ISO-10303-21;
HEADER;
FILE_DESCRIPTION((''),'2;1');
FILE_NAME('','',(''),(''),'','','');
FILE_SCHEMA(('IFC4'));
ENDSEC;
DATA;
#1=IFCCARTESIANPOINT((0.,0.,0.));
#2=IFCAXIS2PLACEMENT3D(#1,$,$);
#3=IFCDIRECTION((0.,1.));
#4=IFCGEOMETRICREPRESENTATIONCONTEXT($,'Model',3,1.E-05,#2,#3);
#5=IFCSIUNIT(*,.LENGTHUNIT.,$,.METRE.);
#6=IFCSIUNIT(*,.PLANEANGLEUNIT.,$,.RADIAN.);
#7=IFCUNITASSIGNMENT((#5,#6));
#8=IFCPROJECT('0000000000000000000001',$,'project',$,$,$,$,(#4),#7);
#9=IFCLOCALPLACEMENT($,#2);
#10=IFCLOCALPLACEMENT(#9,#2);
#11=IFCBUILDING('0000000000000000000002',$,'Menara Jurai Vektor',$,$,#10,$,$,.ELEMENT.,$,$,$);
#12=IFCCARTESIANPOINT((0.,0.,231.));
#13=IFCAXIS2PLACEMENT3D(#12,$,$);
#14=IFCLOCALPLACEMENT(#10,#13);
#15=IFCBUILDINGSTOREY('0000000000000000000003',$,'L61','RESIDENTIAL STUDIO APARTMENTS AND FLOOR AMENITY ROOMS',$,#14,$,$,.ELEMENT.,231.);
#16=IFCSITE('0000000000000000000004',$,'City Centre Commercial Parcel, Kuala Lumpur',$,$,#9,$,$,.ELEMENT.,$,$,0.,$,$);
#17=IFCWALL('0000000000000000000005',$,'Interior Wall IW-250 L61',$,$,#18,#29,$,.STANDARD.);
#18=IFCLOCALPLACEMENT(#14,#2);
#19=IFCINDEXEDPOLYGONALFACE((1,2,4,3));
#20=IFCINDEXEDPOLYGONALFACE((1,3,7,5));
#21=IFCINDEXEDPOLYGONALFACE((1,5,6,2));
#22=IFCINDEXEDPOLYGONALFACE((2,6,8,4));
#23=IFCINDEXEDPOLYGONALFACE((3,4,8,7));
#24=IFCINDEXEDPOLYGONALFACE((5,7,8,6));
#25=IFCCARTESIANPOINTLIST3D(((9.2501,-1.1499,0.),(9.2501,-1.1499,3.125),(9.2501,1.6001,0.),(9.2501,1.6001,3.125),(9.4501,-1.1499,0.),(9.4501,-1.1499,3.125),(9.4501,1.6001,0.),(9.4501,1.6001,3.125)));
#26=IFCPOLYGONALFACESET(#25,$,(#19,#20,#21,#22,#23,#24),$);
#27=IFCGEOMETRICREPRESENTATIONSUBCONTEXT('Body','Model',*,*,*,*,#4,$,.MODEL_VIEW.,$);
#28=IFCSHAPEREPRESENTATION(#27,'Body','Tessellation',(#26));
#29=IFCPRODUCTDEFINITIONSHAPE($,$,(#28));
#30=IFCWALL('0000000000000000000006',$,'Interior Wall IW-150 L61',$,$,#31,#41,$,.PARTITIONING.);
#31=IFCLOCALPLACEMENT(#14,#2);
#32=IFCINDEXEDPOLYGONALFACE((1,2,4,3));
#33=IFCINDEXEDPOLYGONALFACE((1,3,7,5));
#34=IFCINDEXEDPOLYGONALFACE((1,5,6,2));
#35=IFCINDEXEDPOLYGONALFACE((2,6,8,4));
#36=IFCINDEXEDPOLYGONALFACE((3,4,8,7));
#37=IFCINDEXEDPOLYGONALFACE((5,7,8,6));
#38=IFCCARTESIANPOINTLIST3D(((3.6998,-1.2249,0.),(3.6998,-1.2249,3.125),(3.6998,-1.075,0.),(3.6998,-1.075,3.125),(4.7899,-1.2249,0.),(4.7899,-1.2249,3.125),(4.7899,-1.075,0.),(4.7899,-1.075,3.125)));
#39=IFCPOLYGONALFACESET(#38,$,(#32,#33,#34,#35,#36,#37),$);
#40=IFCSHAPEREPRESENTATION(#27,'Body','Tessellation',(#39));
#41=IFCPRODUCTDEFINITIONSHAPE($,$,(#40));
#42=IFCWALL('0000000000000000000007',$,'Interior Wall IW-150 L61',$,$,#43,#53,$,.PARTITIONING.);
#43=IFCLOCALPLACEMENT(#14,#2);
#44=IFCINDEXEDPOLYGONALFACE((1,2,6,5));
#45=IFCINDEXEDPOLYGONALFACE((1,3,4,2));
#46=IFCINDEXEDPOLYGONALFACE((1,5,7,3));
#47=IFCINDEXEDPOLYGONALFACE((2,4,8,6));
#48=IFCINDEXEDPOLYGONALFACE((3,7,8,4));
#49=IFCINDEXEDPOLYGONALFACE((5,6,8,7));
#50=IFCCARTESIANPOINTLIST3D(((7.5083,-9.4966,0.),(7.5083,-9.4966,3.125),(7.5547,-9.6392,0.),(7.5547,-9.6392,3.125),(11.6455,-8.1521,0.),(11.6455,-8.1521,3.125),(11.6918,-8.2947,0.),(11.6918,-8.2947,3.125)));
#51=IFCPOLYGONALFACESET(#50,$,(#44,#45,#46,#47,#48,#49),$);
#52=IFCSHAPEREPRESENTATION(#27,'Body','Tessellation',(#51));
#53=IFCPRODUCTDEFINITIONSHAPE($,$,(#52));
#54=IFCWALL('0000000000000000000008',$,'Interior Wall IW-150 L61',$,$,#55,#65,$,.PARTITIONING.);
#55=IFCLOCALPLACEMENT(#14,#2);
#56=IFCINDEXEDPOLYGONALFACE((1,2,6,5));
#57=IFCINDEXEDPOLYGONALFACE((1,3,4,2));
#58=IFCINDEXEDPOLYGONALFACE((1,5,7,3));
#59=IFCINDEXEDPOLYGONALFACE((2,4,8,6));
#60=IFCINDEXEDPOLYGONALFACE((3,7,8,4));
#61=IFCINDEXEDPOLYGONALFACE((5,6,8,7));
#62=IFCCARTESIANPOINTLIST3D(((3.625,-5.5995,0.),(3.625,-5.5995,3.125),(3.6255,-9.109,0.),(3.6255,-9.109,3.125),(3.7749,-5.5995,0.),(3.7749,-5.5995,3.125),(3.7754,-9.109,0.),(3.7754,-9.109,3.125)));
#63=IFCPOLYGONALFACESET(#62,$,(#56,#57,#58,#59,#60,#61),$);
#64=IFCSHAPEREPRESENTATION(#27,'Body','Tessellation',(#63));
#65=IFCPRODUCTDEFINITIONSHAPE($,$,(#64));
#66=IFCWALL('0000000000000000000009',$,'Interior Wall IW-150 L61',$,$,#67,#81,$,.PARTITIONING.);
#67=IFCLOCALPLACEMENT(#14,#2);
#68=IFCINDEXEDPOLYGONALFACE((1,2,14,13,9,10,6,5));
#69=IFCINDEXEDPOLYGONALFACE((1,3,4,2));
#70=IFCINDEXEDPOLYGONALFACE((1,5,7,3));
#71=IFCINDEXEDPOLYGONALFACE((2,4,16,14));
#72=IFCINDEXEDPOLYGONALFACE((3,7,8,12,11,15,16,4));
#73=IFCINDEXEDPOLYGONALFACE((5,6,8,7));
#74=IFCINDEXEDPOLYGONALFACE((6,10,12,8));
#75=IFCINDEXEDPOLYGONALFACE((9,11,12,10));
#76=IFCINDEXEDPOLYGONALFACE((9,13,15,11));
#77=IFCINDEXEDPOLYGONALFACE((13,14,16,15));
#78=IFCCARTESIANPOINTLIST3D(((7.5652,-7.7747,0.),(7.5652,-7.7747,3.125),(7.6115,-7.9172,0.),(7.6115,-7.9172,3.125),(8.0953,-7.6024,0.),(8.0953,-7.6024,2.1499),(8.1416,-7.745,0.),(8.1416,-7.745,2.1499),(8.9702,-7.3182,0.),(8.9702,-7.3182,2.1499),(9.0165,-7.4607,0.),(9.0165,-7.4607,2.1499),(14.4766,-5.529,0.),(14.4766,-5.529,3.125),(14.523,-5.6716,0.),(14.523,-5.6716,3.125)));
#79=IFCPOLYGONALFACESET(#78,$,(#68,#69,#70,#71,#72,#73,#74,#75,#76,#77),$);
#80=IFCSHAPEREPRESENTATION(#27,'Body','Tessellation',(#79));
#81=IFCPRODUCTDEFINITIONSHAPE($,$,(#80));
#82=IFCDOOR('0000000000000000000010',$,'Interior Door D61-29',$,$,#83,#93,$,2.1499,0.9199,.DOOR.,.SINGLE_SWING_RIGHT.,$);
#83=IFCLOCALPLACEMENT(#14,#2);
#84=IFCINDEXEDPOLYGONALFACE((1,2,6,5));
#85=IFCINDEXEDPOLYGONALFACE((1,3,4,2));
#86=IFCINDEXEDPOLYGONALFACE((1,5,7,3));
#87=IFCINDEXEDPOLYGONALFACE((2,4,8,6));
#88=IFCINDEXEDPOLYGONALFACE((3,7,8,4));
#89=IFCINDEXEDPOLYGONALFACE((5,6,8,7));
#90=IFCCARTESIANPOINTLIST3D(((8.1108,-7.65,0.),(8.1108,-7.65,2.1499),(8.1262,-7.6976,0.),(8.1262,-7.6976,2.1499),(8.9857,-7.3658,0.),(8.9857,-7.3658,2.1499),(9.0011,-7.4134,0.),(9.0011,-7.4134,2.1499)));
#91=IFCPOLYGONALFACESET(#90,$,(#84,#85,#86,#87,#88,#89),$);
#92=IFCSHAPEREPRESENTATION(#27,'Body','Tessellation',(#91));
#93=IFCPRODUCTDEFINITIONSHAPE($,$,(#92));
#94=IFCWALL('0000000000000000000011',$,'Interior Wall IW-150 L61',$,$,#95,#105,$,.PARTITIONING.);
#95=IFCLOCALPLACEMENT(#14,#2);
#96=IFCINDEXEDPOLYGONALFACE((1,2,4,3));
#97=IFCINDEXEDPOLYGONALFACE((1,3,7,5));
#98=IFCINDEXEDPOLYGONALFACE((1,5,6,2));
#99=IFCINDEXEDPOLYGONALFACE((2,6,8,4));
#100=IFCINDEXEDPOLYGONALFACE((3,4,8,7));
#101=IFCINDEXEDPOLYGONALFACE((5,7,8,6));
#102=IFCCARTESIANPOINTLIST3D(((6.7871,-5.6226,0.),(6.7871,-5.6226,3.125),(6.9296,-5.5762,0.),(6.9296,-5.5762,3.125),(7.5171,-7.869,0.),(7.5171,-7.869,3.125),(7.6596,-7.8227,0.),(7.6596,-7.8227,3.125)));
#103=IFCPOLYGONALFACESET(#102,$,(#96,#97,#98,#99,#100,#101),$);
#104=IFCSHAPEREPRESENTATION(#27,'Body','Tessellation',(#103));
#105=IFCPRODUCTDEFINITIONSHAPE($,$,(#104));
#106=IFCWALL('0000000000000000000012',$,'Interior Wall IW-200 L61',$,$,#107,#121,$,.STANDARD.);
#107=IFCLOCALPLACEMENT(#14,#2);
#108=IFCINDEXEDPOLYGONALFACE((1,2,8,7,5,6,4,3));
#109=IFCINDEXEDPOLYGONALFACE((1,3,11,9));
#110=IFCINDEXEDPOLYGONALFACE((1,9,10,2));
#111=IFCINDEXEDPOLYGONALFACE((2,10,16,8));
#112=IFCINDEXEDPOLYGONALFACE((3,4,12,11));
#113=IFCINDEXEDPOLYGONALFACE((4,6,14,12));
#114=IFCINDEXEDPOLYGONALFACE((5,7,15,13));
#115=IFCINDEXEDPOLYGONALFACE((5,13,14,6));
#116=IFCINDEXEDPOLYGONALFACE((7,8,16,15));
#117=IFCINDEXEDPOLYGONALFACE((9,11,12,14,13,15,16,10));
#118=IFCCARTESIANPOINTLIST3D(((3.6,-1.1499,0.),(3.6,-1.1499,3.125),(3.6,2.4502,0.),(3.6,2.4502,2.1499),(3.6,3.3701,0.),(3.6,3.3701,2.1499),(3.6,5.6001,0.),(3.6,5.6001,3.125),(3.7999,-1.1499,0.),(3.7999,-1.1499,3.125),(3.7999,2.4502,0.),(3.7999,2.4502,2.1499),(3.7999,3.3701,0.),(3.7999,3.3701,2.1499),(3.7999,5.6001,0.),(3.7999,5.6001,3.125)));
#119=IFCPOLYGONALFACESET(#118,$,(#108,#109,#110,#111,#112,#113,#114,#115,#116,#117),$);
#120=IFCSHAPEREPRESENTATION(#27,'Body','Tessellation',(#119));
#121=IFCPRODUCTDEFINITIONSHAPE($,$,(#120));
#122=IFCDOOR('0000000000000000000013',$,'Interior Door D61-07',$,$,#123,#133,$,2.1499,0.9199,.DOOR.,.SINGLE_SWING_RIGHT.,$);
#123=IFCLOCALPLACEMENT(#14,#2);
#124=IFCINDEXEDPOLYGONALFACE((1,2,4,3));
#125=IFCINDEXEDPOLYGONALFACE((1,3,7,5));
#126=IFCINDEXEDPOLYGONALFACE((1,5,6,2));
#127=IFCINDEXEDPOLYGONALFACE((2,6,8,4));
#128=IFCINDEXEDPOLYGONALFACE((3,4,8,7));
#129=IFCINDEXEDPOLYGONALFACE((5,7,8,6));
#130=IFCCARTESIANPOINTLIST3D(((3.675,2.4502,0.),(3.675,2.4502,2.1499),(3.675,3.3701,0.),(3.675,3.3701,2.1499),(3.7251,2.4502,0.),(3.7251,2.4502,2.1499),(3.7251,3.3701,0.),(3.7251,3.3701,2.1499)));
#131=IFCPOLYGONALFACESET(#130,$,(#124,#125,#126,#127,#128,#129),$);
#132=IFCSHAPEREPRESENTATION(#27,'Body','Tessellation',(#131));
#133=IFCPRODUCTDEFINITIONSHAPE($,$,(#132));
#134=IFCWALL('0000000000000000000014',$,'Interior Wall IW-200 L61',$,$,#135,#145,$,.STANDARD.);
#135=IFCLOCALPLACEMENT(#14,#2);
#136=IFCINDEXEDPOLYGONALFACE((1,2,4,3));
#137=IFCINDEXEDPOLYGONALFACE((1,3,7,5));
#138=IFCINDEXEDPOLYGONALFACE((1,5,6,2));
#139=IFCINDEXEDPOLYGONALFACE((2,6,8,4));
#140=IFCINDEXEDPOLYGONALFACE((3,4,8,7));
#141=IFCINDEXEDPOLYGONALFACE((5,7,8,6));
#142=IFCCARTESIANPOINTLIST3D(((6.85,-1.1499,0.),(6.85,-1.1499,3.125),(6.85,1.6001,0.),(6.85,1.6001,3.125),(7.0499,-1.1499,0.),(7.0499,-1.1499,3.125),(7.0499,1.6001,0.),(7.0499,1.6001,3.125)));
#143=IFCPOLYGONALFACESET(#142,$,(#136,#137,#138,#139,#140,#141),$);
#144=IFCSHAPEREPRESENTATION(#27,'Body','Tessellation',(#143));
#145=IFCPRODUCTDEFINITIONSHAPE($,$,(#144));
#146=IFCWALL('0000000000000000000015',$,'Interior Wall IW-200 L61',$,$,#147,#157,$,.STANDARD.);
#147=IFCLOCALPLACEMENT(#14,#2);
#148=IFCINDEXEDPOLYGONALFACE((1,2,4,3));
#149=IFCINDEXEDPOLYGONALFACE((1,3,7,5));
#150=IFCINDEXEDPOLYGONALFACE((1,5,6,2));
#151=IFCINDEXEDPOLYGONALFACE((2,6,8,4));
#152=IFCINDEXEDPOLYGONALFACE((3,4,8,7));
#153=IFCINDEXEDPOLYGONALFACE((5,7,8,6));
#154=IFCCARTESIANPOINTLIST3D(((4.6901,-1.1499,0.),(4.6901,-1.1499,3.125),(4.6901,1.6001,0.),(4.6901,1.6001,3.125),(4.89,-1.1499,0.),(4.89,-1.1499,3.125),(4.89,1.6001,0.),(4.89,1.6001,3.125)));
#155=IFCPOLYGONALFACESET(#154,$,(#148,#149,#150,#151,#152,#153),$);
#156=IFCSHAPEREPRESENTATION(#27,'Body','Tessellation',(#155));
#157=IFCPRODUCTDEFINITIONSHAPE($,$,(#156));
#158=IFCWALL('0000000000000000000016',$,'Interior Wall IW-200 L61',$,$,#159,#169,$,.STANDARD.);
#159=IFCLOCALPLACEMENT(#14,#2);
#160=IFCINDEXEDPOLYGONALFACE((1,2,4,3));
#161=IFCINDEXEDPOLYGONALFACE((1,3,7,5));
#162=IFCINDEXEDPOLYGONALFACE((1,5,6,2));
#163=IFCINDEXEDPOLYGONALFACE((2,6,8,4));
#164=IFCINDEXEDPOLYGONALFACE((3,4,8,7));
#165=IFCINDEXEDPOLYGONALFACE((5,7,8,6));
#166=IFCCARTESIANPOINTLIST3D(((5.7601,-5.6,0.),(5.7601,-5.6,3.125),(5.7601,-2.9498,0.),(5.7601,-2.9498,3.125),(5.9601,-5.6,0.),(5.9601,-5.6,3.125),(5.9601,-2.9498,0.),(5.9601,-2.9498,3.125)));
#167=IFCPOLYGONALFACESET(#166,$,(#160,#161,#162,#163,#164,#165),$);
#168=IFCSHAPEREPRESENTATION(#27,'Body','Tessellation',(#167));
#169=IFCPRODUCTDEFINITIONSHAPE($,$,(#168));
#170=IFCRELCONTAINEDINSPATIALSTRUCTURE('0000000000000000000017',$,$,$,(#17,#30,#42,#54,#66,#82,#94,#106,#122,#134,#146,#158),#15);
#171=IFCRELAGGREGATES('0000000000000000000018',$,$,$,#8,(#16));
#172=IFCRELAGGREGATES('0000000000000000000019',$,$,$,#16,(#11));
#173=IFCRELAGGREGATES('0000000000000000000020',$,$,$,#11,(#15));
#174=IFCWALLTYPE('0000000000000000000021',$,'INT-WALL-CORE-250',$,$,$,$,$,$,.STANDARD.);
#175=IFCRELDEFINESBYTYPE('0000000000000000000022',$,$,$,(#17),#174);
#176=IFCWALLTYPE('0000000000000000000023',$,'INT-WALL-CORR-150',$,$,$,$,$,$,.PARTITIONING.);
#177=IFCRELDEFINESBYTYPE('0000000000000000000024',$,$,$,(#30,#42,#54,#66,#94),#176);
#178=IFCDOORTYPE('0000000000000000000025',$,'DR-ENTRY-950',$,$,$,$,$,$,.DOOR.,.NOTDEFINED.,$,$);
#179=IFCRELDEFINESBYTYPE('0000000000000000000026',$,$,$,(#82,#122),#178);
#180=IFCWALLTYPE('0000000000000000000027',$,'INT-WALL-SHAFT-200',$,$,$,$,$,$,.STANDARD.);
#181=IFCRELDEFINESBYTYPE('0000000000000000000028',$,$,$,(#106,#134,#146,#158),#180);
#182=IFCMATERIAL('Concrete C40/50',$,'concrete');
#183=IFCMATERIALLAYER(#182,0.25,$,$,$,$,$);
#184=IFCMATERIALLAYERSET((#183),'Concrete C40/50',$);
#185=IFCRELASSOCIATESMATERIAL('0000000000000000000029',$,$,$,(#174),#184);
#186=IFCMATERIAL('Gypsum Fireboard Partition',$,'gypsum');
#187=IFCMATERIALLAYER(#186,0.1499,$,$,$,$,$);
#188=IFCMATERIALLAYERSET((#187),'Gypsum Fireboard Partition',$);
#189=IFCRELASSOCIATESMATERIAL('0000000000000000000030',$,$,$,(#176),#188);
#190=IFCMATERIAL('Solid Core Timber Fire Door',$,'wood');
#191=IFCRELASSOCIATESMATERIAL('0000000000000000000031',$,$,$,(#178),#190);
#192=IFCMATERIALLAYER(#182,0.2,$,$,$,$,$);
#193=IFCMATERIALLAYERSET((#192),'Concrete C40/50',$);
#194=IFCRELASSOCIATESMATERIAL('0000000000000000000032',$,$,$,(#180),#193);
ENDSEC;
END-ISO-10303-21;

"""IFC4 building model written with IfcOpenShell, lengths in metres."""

from ifc_helpers import new_model, si_unit, direction, frame, frame_2d, origin, place, context, subcontext, project, spatial, rectangle, extrude, material, layer, layer_set, type_object, element, fill, save


model = new_model("IFC4")

# Units and contexts
model_context = context("Model", 3, precision=1e-05, world=origin(), true_north=direction((0.0, 1.0)))
body_context = subcontext(model_context, "Body", "Model", "MODEL_VIEW")
ifc_project = project(units=[si_unit("LENGTHUNIT", "METRE"), si_unit("PLANEANGLEUNIT", "RADIAN")], contexts=[model_context])

# Site, building, storey
site_placement = place(None, origin())
site = spatial("IfcSite", under=ifc_project, at=site_placement, Name="City Centre Commercial Parcel, Kuala Lumpur", CompositionType="ELEMENT", RefElevation=0.0)
building_placement = place(site_placement, origin())
building = spatial("IfcBuilding", under=site, at=building_placement, Name="Menara Jurai Vektor", CompositionType="ELEMENT")
storey_placement = place(building_placement, frame((0.0, 0.0, 231.0)))
storey = spatial("IfcBuildingStorey", under=building, at=storey_placement, Name="L61", Description="RESIDENTIAL STUDIO APARTMENTS AND FLOOR AMENITY ROOMS", CompositionType="ELEMENT", Elevation=231.0)

# Walls
ifc_material_1 = material(Name="Concrete C40/50", Category="concrete")
ifc_layer_1 = layer(ifc_material_1, 0.25)
ifc_layer_set_1 = layer_set([ifc_layer_1], Name="Concrete C40/50")
wall_type_1 = type_object("IfcWallType", Name="INT-WALL-CORE-250", PredefinedType="STANDARD", material=ifc_layer_set_1)
wall_1_placement = place(storey_placement, frame((9.3501, -1.1499, 0.0), z_axis=(0.0, 0.0, 1.0), x_axis=(0.0, 1.0, 0.0)))
element("IfcWall", 1, at=wall_1_placement, inside=storey, type_object=wall_type_1, Name="Interior Wall IW-250 L61", PredefinedType="STANDARD", context=body_context, shape_type="SweptSolid", body=[
    extrude(rectangle(XDim=2.75, YDim=0.2, at=frame_2d((1.375, 0.0))), origin(), (0.0, 0.0, 1.0), 3.125),
])
ifc_material_2 = material(Name="Gypsum Fireboard Partition", Category="gypsum")
ifc_layer_2 = layer(ifc_material_2, 0.1499)
ifc_layer_set_2 = layer_set([ifc_layer_2], Name="Gypsum Fireboard Partition")
wall_type_2 = type_object("IfcWallType", Name="INT-WALL-CORR-150", PredefinedType="PARTITIONING", material=ifc_layer_set_2)
wall_2_placement = place(storey_placement, frame((3.7, -1.1499, 0.0), z_axis=(0.0, 0.0, 1.0), x_axis=(1.0, 0.0, 0.0)))
element("IfcWall", 2, at=wall_2_placement, inside=storey, type_object=wall_type_2, Name="Interior Wall IW-150 L61", PredefinedType="PARTITIONING", context=body_context, shape_type="SweptSolid", body=[
    extrude(rectangle(XDim=1.0901, YDim=0.1499, at=frame_2d((0.5449, 0.0))), origin(), (0.0, 0.0, 1.0), 3.125),
])
wall_3_placement = place(storey_placement, frame((7.5315, -9.5679, 0.0), z_axis=(0.0, 0.0, 1.0), x_axis=(0.951041, 0.309063, 0.0)))
element("IfcWall", 3, at=wall_3_placement, inside=storey, type_object=wall_type_2, Name="Interior Wall IW-150 L61", PredefinedType="PARTITIONING", context=body_context, shape_type="SweptSolid", body=[
    extrude(rectangle(XDim=4.3501, YDim=0.1499, at=frame_2d((2.175, 0.0))), origin(), (0.0, 0.0, 1.0), 3.125),
])
wall_4_placement = place(storey_placement, frame((3.7004, -9.1091, 0.0), z_axis=(0.0, 0.0, 1.0), x_axis=(-0.000139, 1.0, 0.0)))
element("IfcWall", 4, at=wall_4_placement, inside=storey, type_object=wall_type_2, Name="Interior Wall IW-150 L61", PredefinedType="PARTITIONING", context=body_context, shape_type="SweptSolid", body=[
    extrude(rectangle(XDim=3.5095, YDim=0.1499, at=frame_2d((1.7549, 0.0))), origin(), (0.0, 0.0, 1.0), 3.125),
])

# Wall, opening, door
ifc_material_3 = material(Name="Solid Core Timber Fire Door", Category="wood")
door_type_1 = type_object("IfcDoorType", Name="DR-ENTRY-950", OperationType="NOTDEFINED", PredefinedType="DOOR", material=ifc_material_3)
wall_5_placement = place(storey_placement, frame((7.5884, -7.8459, 0.0), z_axis=(0.0, 0.0, 1.0), x_axis=(0.951058, 0.309012, 0.0)))
wall_5 = element("IfcWall", 5, at=wall_5_placement, inside=storey, type_object=wall_type_2, Name="Interior Wall IW-150 L61", PredefinedType="PARTITIONING", context=body_context, shape_type="SweptSolid", body=[
    extrude(rectangle(XDim=7.2671, YDim=0.1499, at=frame_2d((3.6335, 0.0))), origin(), (0.0, 0.0, 1.0), 3.125),
])
opening_1_placement = place(wall_5_placement, frame((0.5574, 0.0, 0.0)))
opening_1 = element("IfcOpeningElement", 6, at=opening_1_placement, cuts=wall_5, PredefinedType="OPENING", context=body_context, shape_type="SweptSolid", body=[
    extrude(rectangle(XDim=0.9199, YDim=2.1499, at=frame_2d((0.46, 1.075))), frame((0.0, 0.085, 0.0), z_axis=(0.0, -1.0, 0.0), x_axis=(1.0, 0.0, 0.0)), (0.0, 0.0, 1.0), 0.1699),
])
door_1_placement = place(opening_1_placement, origin())
door_1 = element("IfcDoor", 7, at=door_1_placement, inside=storey, type_object=door_type_1, Name="Interior Door D61-29", OperationType="SINGLE_SWING_RIGHT", OverallHeight=2.1499, OverallWidth=0.9199, PredefinedType="DOOR", context=body_context, shape_type="SweptSolid", body=[
    extrude(rectangle(XDim=0.9199, YDim=2.1499, at=frame_2d((0.46, 1.075))), frame((0.0, 0.0249, 0.0), z_axis=(0.0, -1.0, 0.0), x_axis=(1.0, 0.0, 0.0)), (0.0, 0.0, 1.0), 0.05),
])
fill(opening_1, door_1)

# Wall
wall_6_placement = place(storey_placement, frame((7.5884, -7.8459, 0.0), z_axis=(0.0, 0.0, 1.0), x_axis=(-0.309056, 0.951044, 0.0)))
element("IfcWall", 8, at=wall_6_placement, inside=storey, type_object=wall_type_2, Name="Interior Wall IW-150 L61", PredefinedType="PARTITIONING", context=body_context, shape_type="SweptSolid", body=[
    extrude(rectangle(XDim=2.3621, YDim=0.1499, at=frame_2d((1.1812, 0.0))), origin(), (0.0, 0.0, 1.0), 3.125),
])

# Wall, opening, door
ifc_layer_3 = layer(ifc_material_1, 0.2)
ifc_layer_set_3 = layer_set([ifc_layer_3], Name="Concrete C40/50")
wall_type_3 = type_object("IfcWallType", Name="INT-WALL-SHAFT-200", PredefinedType="STANDARD", material=ifc_layer_set_3)
wall_7_placement = place(storey_placement, frame((3.7, -1.1499, 0.0), z_axis=(0.0, 0.0, 1.0), x_axis=(0.0, 1.0, 0.0)))
wall_7 = element("IfcWall", 9, at=wall_7_placement, inside=storey, type_object=wall_type_3, Name="Interior Wall IW-200 L61", PredefinedType="STANDARD", context=body_context, shape_type="SweptSolid", body=[
    extrude(rectangle(XDim=6.75, YDim=0.2, at=frame_2d((3.375, 0.0))), origin(), (0.0, 0.0, 1.0), 3.125),
])
opening_2_placement = place(wall_7_placement, frame((3.6001, 0.0, 0.0)))
opening_2 = element("IfcOpeningElement", 10, at=opening_2_placement, cuts=wall_7, PredefinedType="OPENING", context=body_context, shape_type="SweptSolid", body=[
    extrude(rectangle(XDim=0.9199, YDim=2.1499, at=frame_2d((0.46, 1.075))), frame((0.0, 0.1099, 0.0), z_axis=(0.0, -1.0, 0.0), x_axis=(1.0, 0.0, 0.0)), (0.0, 0.0, 1.0), 0.22),
])
door_2_placement = place(opening_2_placement, origin())
door_2 = element("IfcDoor", 11, at=door_2_placement, inside=storey, type_object=door_type_1, Name="Interior Door D61-07", OperationType="SINGLE_SWING_RIGHT", OverallHeight=2.1499, OverallWidth=0.9199, PredefinedType="DOOR", context=body_context, shape_type="SweptSolid", body=[
    extrude(rectangle(XDim=0.9199, YDim=2.1499, at=frame_2d((0.46, 1.075))), frame((0.0, 0.0249, 0.0), z_axis=(0.0, -1.0, 0.0), x_axis=(1.0, 0.0, 0.0)), (0.0, 0.0, 1.0), 0.05),
])
fill(opening_2, door_2)

# Wall
wall_8_placement = place(storey_placement, frame((6.95, -1.1499, 0.0), z_axis=(0.0, 0.0, 1.0), x_axis=(0.0, 1.0, 0.0)))
element("IfcWall", 12, at=wall_8_placement, inside=storey, type_object=wall_type_3, Name="Interior Wall IW-200 L61", PredefinedType="STANDARD", context=body_context, shape_type="SweptSolid", body=[
    extrude(rectangle(XDim=2.75, YDim=0.2, at=frame_2d((1.375, 0.0))), origin(), (0.0, 0.0, 1.0), 3.125),
])

# Wall
wall_9_placement = place(storey_placement, frame((4.79, -1.1499, 0.0), z_axis=(0.0, 0.0, 1.0), x_axis=(0.0, 1.0, 0.0)))
element("IfcWall", 13, at=wall_9_placement, inside=storey, type_object=wall_type_3, Name="Interior Wall IW-200 L61", PredefinedType="STANDARD", context=body_context, shape_type="SweptSolid", body=[
    extrude(rectangle(XDim=2.75, YDim=0.2, at=frame_2d((1.375, 0.0))), origin(), (0.0, 0.0, 1.0), 3.125),
])

# Wall
wall_10_placement = place(storey_placement, frame((5.8601, -5.6001, 0.0), z_axis=(0.0, 0.0, 1.0), x_axis=(0.0, 1.0, 0.0)))
element("IfcWall", 14, at=wall_10_placement, inside=storey, type_object=wall_type_3, Name="Interior Wall IW-200 L61", PredefinedType="STANDARD", context=body_context, shape_type="SweptSolid", body=[
    extrude(rectangle(XDim=2.6501, YDim=0.2, at=frame_2d((1.3252, 0.0))), origin(), (0.0, 0.0, 1.0), 3.125),
])

save(model, "model.ifc")
